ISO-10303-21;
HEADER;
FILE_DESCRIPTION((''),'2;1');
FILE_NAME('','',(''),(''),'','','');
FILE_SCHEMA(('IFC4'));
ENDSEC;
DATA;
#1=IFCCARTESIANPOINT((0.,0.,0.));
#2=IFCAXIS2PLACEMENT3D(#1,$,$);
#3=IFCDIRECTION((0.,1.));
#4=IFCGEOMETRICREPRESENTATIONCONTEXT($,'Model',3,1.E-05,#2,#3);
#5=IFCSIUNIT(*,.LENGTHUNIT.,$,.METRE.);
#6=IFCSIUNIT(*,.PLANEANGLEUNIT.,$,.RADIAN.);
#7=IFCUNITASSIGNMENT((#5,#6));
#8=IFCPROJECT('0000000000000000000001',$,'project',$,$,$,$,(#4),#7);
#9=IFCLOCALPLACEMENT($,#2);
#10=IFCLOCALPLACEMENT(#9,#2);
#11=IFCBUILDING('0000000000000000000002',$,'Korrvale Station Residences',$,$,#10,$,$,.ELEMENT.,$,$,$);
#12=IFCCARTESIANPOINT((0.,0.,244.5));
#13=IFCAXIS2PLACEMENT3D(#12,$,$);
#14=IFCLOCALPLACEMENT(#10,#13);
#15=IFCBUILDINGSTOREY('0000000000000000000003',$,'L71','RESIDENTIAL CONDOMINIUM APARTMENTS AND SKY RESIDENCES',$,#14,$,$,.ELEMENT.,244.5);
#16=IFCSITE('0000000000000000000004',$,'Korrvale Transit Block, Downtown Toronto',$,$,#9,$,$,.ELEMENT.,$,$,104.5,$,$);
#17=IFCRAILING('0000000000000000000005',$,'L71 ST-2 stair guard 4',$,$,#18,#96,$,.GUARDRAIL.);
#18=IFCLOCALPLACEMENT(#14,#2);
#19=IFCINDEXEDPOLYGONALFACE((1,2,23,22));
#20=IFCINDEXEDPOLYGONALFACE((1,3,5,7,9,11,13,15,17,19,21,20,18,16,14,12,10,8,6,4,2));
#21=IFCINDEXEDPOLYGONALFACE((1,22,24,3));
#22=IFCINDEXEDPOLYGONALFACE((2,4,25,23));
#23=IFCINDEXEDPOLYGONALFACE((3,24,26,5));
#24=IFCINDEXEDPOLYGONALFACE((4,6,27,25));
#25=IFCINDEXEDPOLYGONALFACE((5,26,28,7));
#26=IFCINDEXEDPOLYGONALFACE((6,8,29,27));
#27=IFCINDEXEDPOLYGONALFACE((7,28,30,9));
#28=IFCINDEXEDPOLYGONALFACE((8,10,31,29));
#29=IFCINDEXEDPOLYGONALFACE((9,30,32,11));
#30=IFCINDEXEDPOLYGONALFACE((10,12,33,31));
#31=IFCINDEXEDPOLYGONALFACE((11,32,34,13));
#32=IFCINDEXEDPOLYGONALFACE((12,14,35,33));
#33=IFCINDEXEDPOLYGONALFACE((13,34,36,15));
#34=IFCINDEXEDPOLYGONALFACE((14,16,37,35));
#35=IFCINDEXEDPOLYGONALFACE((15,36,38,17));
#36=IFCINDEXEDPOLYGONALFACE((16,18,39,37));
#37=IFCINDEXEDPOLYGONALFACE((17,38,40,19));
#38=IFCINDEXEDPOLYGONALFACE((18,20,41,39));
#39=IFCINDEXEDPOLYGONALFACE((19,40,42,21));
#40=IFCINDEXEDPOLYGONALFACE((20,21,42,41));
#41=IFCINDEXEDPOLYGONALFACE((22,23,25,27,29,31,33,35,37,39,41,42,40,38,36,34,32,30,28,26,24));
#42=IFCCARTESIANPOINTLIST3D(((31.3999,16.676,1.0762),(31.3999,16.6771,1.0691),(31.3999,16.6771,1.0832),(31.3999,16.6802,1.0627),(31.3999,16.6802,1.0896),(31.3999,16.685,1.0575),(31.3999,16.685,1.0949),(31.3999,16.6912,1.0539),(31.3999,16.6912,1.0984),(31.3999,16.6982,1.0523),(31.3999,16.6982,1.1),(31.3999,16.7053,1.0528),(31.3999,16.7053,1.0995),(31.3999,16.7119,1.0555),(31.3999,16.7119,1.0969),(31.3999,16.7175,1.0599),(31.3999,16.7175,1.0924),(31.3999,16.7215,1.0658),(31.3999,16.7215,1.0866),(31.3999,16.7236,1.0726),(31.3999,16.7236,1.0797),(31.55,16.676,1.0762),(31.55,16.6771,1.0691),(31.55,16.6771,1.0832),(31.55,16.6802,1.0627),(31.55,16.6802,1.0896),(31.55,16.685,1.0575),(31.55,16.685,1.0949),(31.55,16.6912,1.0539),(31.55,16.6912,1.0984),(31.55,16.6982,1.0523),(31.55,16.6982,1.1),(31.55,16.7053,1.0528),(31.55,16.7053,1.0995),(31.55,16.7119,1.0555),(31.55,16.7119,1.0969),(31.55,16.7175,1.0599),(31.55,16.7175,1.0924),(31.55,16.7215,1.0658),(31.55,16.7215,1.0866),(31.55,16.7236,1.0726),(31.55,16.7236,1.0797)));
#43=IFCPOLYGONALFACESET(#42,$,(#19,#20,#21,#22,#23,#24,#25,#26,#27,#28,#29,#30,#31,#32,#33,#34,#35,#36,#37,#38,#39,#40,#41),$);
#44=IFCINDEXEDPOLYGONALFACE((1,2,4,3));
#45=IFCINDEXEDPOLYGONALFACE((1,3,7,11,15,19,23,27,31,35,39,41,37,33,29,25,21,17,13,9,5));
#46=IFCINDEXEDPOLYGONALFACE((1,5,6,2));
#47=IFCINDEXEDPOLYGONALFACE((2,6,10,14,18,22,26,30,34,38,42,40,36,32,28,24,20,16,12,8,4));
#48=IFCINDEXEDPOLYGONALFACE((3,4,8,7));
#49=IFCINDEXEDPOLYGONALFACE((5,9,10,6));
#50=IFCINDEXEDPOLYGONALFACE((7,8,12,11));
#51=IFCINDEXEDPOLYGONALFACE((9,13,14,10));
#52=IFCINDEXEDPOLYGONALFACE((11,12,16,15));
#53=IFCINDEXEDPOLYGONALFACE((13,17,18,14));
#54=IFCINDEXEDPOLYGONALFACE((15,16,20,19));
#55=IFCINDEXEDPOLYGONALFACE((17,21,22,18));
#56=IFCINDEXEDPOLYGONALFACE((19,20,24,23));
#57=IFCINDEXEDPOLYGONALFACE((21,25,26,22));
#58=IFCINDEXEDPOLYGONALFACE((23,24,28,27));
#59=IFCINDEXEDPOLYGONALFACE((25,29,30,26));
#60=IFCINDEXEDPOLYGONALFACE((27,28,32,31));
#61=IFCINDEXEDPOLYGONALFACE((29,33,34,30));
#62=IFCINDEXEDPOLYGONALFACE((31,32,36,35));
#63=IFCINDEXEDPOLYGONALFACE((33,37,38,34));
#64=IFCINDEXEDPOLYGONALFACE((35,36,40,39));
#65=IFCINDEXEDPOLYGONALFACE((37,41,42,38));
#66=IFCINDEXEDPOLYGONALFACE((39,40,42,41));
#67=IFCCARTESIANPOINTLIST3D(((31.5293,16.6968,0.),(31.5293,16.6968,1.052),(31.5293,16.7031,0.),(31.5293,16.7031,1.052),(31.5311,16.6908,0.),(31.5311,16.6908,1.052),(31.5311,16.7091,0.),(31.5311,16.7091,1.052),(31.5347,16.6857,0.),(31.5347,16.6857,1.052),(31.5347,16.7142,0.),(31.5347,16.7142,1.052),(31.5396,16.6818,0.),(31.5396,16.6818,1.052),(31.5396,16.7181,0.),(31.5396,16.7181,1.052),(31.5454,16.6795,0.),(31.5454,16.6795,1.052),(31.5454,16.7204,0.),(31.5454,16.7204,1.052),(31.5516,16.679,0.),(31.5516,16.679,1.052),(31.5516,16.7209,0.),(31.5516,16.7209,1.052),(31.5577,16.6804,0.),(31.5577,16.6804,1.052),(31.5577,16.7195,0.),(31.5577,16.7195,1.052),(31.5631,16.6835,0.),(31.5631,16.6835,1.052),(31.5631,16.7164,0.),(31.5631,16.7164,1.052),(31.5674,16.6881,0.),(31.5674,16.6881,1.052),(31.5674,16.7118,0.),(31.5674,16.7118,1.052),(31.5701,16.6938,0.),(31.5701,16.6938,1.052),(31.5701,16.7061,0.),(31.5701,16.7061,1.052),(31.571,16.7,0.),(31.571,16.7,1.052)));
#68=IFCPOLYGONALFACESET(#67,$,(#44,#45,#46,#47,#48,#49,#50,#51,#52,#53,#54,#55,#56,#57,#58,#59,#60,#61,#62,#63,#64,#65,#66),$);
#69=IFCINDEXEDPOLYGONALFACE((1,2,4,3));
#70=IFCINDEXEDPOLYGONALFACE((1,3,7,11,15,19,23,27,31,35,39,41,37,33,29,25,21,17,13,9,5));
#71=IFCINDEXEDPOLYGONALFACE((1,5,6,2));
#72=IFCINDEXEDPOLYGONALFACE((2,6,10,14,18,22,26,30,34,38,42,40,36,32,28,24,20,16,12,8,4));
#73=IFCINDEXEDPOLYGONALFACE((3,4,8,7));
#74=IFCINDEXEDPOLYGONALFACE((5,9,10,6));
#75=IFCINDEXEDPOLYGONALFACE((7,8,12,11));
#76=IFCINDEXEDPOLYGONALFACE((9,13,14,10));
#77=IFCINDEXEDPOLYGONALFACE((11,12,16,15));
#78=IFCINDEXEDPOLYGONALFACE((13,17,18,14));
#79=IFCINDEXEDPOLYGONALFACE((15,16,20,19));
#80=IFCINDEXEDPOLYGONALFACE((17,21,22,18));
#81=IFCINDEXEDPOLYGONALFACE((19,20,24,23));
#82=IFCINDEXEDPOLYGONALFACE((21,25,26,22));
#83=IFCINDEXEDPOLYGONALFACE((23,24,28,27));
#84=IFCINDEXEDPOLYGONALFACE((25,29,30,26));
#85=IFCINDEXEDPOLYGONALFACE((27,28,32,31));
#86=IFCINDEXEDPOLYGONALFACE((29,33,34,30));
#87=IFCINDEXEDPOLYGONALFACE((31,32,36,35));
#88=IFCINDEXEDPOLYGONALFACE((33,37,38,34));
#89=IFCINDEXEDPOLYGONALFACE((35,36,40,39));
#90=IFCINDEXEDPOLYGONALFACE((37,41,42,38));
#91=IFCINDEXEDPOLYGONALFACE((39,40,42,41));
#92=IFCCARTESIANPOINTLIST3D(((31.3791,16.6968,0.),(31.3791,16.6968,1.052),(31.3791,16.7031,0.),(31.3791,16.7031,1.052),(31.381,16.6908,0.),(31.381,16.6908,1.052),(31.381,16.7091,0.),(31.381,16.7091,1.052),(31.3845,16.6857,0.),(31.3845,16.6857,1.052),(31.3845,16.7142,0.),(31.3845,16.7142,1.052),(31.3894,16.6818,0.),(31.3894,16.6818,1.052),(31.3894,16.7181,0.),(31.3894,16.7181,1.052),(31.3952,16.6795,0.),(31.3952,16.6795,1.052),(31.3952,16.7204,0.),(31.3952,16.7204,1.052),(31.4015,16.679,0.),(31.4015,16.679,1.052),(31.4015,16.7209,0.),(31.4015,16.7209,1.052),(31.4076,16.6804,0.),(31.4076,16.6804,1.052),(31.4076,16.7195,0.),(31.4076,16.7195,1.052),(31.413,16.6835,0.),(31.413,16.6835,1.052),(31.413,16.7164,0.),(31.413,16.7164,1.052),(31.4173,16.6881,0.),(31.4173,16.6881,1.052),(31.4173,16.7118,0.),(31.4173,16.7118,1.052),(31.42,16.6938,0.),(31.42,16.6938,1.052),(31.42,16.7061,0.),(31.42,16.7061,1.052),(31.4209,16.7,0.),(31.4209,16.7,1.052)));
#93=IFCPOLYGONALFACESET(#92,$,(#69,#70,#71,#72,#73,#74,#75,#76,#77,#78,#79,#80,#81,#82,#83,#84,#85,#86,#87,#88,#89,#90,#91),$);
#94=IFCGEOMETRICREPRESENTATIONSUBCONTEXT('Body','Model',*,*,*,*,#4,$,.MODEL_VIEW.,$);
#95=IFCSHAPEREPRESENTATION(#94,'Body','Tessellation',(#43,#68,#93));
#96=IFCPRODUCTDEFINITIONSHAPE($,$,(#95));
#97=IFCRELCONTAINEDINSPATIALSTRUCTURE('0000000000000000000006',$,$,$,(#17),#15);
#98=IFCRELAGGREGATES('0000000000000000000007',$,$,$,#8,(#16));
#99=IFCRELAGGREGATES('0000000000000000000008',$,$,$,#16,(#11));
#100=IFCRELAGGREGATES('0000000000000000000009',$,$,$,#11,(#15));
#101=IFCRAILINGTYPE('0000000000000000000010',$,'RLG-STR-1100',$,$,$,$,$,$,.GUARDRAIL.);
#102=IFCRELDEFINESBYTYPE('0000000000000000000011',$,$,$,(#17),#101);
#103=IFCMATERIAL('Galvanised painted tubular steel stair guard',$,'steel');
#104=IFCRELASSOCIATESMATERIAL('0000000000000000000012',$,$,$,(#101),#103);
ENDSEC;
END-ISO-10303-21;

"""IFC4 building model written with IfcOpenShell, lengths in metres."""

from ifc_helpers import new_model, si_unit, direction, frame, origin, origin_2d, place, context, subcontext, project, spatial, circle, extrude, material, type_object, element, save


model = new_model("IFC4")

# Units and contexts
model_context = context("Model", 3, precision=1e-05, world=origin(), true_north=direction((0.0, 1.0)))
body_context = subcontext(model_context, "Body", "Model", "MODEL_VIEW")
ifc_project = project(units=[si_unit("LENGTHUNIT", "METRE"), si_unit("PLANEANGLEUNIT", "RADIAN")], contexts=[model_context])

# Site, building, storey
site_placement = place(None, origin())
site = spatial("IfcSite", under=ifc_project, at=site_placement, Name="Korrvale Transit Block, Downtown Toronto", CompositionType="ELEMENT", RefElevation=104.5)
building_placement = place(site_placement, origin())
building = spatial("IfcBuilding", under=site, at=building_placement, Name="Korrvale Station Residences", CompositionType="ELEMENT")
storey_placement = place(building_placement, frame((0.0, 0.0, 244.5)))
storey = spatial("IfcBuildingStorey", under=building, at=storey_placement, Name="L71", Description="RESIDENTIAL CONDOMINIUM APARTMENTS AND SKY RESIDENCES", CompositionType="ELEMENT", Elevation=244.5)

# Railing
ifc_material_1 = material(Name="Galvanised painted tubular steel stair guard", Category="steel")
railing_type_1 = type_object("IfcRailingType", Name="RLG-STR-1100", PredefinedType="GUARDRAIL", material=ifc_material_1)
railing_1_placement = place(storey_placement, frame((31.55, 16.7, 0.0)))
element("IfcRailing", 1, at=railing_1_placement, inside=storey, type_object=railing_type_1, Name="L71 ST-2 stair guard 4", PredefinedType="GUARDRAIL", context=body_context, shape_type="SweptSolid", body=[
    extrude(circle(Radius=0.0239, at=origin_2d()), frame((0.0, 0.0, 1.0762), z_axis=(-1.0, 0.0, 0.0), x_axis=(0.0, -1.0, 0.0)), (0.0, 0.0, 1.0), 0.1501),
    extrude(circle(Radius=0.021, at=origin_2d()), origin(), (0.0, 0.0, 1.0), 1.052),
    extrude(circle(Radius=0.021, at=origin_2d()), frame((-0.1501, 0.0, 0.0)), (0.0, 0.0, 1.0), 1.052),
])

save(model, "model.ifc")
